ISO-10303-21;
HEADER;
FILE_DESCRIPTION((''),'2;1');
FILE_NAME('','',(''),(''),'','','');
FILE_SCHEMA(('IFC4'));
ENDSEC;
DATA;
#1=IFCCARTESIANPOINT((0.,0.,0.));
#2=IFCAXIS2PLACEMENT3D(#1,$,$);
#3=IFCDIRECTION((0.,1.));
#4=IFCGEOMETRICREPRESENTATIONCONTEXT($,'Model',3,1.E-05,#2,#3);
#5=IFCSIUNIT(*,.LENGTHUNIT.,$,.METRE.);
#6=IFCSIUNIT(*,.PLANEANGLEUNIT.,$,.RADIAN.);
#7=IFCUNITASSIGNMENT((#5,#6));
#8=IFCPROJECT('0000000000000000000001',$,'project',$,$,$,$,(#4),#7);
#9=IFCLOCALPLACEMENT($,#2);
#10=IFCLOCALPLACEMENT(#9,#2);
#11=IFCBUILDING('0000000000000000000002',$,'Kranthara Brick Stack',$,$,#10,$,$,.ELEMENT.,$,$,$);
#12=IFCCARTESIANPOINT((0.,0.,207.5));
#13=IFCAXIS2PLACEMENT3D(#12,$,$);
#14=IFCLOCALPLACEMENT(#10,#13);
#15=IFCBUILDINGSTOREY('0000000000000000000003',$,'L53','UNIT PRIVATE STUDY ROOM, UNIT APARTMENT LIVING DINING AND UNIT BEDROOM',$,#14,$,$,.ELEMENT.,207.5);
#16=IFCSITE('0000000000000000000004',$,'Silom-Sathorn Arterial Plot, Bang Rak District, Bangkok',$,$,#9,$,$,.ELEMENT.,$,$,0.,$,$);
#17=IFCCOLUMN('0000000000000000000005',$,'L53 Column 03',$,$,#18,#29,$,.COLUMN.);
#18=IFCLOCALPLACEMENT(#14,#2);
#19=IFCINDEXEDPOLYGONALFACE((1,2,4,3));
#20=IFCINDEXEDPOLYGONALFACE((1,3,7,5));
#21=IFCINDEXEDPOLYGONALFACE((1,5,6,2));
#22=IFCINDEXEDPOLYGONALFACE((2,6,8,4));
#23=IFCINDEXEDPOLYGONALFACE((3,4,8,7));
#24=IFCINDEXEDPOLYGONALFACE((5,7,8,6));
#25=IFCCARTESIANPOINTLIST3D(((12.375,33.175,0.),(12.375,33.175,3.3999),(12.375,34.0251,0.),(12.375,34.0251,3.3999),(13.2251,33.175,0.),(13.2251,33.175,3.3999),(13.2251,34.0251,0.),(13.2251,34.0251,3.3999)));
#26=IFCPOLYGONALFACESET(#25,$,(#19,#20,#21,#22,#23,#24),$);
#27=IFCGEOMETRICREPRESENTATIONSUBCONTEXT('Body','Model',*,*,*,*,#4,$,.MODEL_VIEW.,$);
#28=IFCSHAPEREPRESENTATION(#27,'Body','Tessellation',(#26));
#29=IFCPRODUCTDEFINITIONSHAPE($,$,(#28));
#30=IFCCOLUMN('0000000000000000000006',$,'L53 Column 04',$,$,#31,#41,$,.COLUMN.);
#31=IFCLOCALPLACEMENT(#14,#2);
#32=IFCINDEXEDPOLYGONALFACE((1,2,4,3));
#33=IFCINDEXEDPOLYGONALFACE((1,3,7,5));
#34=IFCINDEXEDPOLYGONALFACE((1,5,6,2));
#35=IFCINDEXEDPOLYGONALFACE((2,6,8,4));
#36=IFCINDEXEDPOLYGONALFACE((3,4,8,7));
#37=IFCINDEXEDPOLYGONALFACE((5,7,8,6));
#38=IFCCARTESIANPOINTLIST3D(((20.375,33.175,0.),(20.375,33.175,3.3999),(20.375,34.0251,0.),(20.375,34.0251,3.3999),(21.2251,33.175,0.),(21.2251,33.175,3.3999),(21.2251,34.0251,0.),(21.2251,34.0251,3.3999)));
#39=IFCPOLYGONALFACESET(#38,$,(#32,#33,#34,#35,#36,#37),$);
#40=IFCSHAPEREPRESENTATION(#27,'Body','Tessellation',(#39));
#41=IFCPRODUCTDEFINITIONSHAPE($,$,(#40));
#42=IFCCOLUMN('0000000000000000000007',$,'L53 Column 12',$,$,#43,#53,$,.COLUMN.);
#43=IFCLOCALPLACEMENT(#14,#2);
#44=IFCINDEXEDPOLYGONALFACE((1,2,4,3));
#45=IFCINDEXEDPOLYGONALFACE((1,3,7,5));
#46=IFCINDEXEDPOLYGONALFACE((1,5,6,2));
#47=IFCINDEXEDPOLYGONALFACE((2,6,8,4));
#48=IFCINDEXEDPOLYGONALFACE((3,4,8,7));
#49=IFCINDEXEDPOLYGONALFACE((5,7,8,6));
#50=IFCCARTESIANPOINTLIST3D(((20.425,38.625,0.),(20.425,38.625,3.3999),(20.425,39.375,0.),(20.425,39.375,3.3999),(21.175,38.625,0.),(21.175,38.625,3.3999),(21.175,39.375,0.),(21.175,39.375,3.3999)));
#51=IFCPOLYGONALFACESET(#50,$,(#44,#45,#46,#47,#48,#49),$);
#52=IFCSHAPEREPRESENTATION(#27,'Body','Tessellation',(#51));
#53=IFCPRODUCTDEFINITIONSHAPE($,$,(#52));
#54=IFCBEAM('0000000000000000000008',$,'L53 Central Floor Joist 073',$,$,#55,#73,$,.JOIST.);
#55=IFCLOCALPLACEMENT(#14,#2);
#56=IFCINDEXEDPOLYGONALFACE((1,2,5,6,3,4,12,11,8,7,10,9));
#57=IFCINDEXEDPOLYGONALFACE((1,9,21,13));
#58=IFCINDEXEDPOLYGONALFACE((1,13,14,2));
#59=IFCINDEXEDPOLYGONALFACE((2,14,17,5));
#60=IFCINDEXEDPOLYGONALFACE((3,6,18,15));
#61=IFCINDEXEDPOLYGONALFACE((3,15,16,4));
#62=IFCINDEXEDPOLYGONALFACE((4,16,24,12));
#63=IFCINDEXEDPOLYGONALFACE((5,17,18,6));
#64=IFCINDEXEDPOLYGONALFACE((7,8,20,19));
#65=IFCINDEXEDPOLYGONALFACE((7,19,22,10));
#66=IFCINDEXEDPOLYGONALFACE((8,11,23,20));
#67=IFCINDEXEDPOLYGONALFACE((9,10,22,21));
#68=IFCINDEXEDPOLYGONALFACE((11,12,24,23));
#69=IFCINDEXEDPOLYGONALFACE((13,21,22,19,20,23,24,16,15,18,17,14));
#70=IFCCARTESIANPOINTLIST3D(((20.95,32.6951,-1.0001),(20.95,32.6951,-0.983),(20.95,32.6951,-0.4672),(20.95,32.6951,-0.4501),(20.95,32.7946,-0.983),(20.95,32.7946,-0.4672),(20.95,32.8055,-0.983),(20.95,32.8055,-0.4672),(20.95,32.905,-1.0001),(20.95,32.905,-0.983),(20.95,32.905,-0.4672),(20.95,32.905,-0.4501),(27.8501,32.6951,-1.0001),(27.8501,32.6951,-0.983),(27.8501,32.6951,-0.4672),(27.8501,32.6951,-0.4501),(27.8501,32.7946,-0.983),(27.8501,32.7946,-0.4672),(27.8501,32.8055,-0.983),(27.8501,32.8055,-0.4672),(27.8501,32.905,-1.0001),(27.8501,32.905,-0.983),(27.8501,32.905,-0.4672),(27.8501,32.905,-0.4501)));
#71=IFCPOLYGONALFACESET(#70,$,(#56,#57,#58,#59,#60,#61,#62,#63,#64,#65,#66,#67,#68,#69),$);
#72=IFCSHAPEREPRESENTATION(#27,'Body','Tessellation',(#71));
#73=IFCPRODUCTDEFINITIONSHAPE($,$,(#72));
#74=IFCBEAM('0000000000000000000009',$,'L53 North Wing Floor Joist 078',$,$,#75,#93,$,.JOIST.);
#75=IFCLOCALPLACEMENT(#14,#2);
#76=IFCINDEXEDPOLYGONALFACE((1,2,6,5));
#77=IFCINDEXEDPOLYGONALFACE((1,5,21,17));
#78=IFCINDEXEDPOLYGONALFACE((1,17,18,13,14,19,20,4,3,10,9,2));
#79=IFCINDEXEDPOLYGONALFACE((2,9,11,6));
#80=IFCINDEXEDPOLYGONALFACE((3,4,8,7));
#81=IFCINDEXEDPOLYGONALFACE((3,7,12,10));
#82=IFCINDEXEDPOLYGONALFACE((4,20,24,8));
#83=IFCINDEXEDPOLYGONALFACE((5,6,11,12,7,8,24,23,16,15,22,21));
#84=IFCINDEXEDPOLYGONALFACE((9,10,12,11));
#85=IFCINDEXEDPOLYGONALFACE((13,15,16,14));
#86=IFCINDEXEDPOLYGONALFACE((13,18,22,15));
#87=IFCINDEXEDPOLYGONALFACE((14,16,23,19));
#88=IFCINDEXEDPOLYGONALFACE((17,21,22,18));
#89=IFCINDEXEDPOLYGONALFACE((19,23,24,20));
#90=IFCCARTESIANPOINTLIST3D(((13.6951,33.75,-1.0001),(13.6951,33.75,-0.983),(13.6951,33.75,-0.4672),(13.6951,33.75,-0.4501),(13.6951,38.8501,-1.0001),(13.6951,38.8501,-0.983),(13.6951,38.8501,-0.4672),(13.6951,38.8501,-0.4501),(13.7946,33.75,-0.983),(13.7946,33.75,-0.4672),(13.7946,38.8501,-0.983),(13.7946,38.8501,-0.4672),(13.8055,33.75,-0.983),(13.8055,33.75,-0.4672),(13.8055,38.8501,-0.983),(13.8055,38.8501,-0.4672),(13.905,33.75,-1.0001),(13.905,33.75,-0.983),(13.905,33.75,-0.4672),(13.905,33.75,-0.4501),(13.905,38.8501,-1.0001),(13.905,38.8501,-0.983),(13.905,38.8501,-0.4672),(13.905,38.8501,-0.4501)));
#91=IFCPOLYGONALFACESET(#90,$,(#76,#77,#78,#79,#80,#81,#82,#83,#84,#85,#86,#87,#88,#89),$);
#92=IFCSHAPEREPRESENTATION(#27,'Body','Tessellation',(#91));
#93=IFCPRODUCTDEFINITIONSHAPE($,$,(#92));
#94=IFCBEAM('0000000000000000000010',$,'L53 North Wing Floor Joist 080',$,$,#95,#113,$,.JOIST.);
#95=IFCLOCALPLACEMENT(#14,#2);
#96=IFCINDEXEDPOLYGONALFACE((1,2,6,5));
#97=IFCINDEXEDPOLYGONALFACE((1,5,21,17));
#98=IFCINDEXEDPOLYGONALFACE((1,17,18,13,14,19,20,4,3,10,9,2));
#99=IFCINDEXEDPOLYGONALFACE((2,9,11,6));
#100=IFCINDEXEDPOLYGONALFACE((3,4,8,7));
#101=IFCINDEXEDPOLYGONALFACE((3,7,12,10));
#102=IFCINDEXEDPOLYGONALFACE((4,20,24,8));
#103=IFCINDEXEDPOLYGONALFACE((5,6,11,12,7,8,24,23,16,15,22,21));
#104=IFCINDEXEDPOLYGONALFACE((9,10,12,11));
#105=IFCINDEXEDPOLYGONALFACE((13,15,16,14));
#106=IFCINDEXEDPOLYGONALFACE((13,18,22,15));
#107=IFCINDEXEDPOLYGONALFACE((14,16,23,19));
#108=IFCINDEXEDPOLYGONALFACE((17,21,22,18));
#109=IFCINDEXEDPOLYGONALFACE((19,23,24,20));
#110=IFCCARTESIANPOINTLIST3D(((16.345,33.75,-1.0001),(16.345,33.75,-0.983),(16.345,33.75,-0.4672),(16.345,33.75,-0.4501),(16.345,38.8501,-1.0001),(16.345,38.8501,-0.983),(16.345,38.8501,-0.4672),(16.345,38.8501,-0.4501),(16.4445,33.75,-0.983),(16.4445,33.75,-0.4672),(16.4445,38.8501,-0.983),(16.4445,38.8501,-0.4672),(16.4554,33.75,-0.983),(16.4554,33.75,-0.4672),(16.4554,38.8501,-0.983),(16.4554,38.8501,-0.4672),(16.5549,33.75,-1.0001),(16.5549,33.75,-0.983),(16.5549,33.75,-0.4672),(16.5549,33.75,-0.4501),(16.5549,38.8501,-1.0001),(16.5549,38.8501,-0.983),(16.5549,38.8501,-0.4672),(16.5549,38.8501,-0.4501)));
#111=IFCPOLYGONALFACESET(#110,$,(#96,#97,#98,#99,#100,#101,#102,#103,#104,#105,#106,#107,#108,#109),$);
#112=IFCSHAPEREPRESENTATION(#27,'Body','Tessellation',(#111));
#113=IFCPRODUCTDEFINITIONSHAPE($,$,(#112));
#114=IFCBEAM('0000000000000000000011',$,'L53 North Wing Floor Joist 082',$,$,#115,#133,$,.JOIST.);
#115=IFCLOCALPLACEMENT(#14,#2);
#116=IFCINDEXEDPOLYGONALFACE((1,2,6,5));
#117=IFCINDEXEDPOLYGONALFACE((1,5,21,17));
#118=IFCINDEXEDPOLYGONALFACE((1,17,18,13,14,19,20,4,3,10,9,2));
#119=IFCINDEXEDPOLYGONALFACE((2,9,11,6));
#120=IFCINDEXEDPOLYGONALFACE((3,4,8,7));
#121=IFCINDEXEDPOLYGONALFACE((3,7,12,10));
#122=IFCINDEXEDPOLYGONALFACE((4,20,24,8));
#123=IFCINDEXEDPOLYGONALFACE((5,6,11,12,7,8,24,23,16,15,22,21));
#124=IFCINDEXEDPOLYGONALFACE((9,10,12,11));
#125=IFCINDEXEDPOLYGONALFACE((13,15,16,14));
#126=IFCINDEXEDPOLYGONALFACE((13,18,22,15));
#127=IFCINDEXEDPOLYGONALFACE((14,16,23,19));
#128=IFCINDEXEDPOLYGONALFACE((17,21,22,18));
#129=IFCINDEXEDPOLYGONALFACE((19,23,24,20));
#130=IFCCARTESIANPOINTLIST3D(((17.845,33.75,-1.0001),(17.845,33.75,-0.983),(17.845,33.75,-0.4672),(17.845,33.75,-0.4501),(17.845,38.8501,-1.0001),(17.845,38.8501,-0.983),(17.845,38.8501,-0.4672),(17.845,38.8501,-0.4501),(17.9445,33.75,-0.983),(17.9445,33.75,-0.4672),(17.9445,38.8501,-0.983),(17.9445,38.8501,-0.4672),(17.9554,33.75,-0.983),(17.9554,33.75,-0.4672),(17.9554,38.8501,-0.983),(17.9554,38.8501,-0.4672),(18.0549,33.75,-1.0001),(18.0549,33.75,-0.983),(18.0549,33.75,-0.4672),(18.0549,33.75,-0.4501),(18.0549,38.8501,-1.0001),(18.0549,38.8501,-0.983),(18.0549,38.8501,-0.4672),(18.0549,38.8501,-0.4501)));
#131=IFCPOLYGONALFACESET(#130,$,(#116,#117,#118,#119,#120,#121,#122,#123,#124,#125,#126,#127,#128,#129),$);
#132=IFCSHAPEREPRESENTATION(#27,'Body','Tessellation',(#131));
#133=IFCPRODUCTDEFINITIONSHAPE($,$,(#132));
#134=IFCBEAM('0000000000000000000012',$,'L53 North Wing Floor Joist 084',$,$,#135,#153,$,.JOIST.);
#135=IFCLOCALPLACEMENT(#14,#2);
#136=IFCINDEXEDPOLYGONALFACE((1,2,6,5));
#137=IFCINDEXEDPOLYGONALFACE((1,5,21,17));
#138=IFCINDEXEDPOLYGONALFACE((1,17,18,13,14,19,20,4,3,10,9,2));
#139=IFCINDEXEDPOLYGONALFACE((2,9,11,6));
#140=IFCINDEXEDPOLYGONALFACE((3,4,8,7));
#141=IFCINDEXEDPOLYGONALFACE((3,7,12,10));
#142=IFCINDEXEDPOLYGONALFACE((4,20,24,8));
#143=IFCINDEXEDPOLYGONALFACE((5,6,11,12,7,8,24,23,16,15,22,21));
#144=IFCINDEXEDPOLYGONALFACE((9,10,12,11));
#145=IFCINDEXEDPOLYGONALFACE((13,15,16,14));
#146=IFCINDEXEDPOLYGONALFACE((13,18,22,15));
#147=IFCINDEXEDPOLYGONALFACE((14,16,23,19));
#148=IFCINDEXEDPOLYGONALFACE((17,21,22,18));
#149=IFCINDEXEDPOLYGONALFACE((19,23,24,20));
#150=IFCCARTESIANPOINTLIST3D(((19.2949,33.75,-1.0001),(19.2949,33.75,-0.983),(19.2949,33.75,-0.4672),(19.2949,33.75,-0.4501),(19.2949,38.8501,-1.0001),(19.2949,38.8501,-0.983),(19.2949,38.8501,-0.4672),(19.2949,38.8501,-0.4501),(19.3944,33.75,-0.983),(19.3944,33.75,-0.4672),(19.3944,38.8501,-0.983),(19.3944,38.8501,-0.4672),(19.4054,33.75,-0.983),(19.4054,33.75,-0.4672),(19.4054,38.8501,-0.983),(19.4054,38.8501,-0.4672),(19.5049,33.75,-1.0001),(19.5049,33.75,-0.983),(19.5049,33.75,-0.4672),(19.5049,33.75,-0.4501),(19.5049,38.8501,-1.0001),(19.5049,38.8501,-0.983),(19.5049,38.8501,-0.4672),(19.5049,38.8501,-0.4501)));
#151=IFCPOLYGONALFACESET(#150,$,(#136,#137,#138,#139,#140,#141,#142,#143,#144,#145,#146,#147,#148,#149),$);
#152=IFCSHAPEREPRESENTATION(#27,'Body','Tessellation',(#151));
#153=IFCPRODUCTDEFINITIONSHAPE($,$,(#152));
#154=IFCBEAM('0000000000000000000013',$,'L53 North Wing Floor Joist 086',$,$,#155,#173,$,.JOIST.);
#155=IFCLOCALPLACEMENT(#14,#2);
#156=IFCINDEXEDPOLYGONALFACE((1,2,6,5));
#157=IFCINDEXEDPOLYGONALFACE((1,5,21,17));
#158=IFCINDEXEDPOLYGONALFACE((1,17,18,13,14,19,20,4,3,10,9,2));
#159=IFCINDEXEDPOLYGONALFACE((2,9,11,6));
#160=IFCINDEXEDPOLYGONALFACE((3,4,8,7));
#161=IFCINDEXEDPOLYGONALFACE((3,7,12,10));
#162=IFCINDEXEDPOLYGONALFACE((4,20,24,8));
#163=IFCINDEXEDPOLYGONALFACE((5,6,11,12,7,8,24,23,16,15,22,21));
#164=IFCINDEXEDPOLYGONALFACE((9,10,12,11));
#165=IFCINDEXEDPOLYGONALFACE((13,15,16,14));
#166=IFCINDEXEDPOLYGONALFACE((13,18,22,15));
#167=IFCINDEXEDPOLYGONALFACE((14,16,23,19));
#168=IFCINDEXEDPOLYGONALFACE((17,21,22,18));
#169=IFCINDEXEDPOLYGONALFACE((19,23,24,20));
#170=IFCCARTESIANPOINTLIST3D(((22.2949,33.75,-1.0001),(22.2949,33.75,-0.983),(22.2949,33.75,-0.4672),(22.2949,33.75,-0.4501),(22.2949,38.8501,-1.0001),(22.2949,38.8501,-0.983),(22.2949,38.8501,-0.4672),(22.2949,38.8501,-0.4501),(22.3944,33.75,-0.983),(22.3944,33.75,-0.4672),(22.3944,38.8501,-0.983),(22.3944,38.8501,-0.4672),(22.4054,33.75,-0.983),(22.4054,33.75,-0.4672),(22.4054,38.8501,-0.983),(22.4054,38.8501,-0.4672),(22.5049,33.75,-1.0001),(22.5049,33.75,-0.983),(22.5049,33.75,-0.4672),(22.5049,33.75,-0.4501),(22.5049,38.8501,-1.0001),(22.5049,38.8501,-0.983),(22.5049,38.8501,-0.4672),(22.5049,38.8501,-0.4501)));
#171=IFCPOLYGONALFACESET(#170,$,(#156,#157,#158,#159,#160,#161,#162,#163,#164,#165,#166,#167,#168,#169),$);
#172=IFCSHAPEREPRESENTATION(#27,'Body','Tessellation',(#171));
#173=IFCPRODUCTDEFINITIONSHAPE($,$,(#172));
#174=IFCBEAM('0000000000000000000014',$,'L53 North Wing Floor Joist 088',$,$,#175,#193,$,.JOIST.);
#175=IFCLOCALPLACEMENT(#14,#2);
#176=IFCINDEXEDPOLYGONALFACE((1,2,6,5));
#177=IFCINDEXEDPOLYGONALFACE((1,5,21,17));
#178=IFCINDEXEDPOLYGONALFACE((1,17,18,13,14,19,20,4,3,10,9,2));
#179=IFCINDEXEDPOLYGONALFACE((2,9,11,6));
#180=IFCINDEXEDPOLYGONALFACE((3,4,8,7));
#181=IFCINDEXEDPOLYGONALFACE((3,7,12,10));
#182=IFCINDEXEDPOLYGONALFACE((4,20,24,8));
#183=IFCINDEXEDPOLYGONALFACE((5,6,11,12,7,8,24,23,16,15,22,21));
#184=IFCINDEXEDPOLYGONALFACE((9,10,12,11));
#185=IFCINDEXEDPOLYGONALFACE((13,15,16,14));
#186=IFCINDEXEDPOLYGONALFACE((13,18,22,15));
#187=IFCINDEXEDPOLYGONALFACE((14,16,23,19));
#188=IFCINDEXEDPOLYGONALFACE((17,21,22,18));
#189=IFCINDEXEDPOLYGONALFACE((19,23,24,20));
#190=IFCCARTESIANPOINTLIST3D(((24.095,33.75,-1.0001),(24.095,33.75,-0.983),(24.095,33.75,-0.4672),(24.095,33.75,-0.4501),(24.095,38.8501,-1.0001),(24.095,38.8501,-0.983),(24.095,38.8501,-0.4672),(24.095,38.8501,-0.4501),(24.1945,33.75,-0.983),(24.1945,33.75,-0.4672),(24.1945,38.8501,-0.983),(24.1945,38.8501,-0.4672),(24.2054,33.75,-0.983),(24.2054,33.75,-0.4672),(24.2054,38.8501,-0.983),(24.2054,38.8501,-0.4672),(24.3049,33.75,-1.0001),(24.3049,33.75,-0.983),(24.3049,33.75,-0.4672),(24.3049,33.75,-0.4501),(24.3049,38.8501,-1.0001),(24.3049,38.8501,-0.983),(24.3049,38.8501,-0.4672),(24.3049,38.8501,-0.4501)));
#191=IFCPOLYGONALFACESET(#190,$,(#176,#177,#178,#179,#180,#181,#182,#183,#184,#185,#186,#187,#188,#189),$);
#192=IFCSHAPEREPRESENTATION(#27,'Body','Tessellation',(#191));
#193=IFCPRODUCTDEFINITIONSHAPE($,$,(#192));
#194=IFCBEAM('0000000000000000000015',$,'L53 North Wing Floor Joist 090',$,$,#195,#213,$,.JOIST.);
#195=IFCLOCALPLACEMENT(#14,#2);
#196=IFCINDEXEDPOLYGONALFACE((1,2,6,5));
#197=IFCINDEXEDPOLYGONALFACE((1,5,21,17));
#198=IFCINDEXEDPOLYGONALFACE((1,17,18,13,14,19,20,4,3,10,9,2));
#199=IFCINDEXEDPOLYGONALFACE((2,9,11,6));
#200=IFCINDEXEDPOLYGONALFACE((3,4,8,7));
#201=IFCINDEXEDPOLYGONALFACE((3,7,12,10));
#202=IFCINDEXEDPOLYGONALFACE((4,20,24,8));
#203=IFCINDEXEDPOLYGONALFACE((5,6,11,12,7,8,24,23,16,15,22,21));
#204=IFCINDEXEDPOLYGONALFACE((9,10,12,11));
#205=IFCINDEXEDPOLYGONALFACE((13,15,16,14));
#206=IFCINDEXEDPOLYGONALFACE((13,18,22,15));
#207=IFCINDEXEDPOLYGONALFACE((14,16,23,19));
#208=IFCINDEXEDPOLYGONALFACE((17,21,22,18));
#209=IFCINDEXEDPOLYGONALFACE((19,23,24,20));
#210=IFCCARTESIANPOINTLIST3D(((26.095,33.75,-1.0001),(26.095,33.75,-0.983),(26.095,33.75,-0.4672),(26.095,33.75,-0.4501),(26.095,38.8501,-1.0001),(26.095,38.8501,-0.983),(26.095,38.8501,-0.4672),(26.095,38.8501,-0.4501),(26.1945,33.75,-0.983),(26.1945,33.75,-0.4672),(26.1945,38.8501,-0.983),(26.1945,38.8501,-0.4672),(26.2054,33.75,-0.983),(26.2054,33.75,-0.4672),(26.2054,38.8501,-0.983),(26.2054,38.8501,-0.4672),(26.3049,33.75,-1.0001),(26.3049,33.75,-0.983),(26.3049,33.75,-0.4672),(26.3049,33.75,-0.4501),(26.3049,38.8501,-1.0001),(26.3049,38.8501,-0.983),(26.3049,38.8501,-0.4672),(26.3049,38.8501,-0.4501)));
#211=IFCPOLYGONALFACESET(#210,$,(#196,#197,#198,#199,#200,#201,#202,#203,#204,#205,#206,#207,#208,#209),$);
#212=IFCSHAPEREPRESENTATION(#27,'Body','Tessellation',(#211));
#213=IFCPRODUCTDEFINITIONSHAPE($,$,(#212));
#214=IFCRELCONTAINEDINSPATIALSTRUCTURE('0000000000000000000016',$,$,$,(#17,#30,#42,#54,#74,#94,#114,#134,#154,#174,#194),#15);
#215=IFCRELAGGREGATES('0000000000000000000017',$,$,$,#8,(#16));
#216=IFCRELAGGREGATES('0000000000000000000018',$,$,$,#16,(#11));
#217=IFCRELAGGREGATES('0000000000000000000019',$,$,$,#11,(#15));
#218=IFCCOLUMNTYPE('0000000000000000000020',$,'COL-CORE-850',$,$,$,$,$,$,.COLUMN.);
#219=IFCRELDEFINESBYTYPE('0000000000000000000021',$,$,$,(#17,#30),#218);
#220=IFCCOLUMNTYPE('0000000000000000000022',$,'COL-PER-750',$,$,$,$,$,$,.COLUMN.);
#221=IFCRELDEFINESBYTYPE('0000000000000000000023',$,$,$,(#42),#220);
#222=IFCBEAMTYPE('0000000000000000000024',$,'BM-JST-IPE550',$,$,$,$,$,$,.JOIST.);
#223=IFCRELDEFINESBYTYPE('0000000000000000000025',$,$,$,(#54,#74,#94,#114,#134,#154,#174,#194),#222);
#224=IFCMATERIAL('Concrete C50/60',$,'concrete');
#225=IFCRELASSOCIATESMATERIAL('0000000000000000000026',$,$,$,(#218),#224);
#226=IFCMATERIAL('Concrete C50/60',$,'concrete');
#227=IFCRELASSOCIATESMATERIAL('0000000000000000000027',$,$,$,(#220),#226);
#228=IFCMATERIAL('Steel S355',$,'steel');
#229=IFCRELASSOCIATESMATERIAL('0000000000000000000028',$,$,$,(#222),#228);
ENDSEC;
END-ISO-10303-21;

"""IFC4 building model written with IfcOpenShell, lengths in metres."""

from ifc_helpers import new_model, si_unit, direction, frame, origin, origin_2d, place, context, subcontext, project, spatial, rectangle, i_section, extrude, material, material_profile, profile_set, type_object, element, save


model = new_model("IFC4")

# Units and contexts
model_context = context("Model", 3, precision=1e-05, world=origin(), true_north=direction((0.0, 1.0)))
body_context = subcontext(model_context, "Body", "Model", "MODEL_VIEW")
ifc_project = project(units=[si_unit("LENGTHUNIT", "METRE"), si_unit("PLANEANGLEUNIT", "RADIAN")], contexts=[model_context])

# Site, building, storey
site_placement = place(None, origin())
site = spatial("IfcSite", under=ifc_project, at=site_placement, Name="Silom-Sathorn Arterial Plot, Bang Rak District, Bangkok", CompositionType="ELEMENT", RefElevation=0.0)
building_placement = place(site_placement, origin())
building = spatial("IfcBuilding", under=site, at=building_placement, Name="Kranthara Brick Stack", CompositionType="ELEMENT")
storey_placement = place(building_placement, frame((0.0, 0.0, 207.5)))
storey = spatial("IfcBuildingStorey", under=building, at=storey_placement, Name="L53", Description="UNIT PRIVATE STUDY ROOM, UNIT APARTMENT LIVING DINING AND UNIT BEDROOM", CompositionType="ELEMENT", Elevation=207.5)

# Columns
ifc_material_1 = material(Name="Concrete C50/60", Category="concrete")
ifc_material_profile_1 = material_profile(ifc_material_1, rectangle(XDim=0.8501, YDim=0.8501, at=origin_2d()), Name="RC 850x850")
ifc_profile_set_1 = profile_set([ifc_material_profile_1], Name="Concrete C50/60")
column_type_1 = type_object("IfcColumnType", Name="COL-CORE-850", PredefinedType="COLUMN", material=ifc_profile_set_1)
for number, where, z_axis, x_axis, name in (
    (1, (12.8, 33.6001, 0.0), (0.0, 0.0, 1.0), (1.0, 0.0, 0.0), "L53 Column 03"),
    (2, (20.8, 33.6001, 0.0), (0.0, 0.0, 1.0), (1.0, 0.0, 0.0), "L53 Column 04"),
):
    element("IfcColumn", number, at=place(storey_placement, frame(where, z_axis=z_axis, x_axis=x_axis)), inside=storey, type_object=column_type_1, Name=name, PredefinedType="COLUMN", context=body_context, shape_type="SweptSolid", body=[
        extrude(rectangle(XDim=0.8501, YDim=0.8501, at=origin_2d()), origin(), (0.0, 0.0, 1.0), 3.3999),
    ])
ifc_material_2 = material(Name="Concrete C50/60", Category="concrete")
ifc_material_profile_2 = material_profile(ifc_material_2, rectangle(XDim=0.75, YDim=0.75, at=origin_2d()), Name="RC 750x750")
ifc_profile_set_2 = profile_set([ifc_material_profile_2], Name="Concrete C50/60")
column_type_2 = type_object("IfcColumnType", Name="COL-PER-750", PredefinedType="COLUMN", material=ifc_profile_set_2)
column_placement = place(storey_placement, frame((20.8, 39.0, 0.0), z_axis=(0.0, 0.0, 1.0), x_axis=(1.0, 0.0, 0.0)))
element("IfcColumn", 3, at=column_placement, inside=storey, type_object=column_type_2, Name="L53 Column 12", PredefinedType="COLUMN", context=body_context, shape_type="SweptSolid", body=[
    extrude(rectangle(XDim=0.75, YDim=0.75, at=origin_2d()), origin(), (0.0, 0.0, 1.0), 3.3999),
])

# Beams
ifc_material_3 = material(Name="Steel S355", Category="steel")
ifc_material_profile_3 = material_profile(ifc_material_3, i_section(OverallWidth=0.21, OverallDepth=0.55, WebThickness=0.011, FlangeThickness=0.0171, at=origin_2d()), Name="IPE 550")
ifc_profile_set_3 = profile_set([ifc_material_profile_3], Name="Steel S355")
beam_type_1 = type_object("IfcBeamType", Name="BM-JST-IPE550", PredefinedType="JOIST", material=ifc_profile_set_3)
beam_1_placement = place(storey_placement, frame((20.95, 32.8, -0.7251), z_axis=(1.0, 0.0, 0.0), x_axis=(0.0, 1.0, 0.0)))
element("IfcBeam", 4, at=beam_1_placement, inside=storey, type_object=beam_type_1, Name="L53 Central Floor Joist 073", PredefinedType="JOIST", context=body_context, shape_type="SweptSolid", body=[
    extrude(i_section(OverallWidth=0.21, OverallDepth=0.55, WebThickness=0.011, FlangeThickness=0.0171, at=origin_2d()), origin(), (0.0, 0.0, 1.0), 6.9001),
])
for number, where, z_axis, x_axis, name in (
    (5, (13.8, 33.75, -0.7251), (0.0, 1.0, 0.0), (-1.0, 0.0, 0.0), "L53 North Wing Floor Joist 078"),
    (6, (16.45, 33.75, -0.7251), (0.0, 1.0, 0.0), (-1.0, 0.0, 0.0), "L53 North Wing Floor Joist 080"),
    (7, (17.95, 33.75, -0.7251), (0.0, 1.0, 0.0), (-1.0, 0.0, 0.0), "L53 North Wing Floor Joist 082"),
    (8, (19.3999, 33.75, -0.7251), (0.0, 1.0, 0.0), (-1.0, 0.0, 0.0), "L53 North Wing Floor Joist 084"),
    (9, (22.3999, 33.75, -0.7251), (0.0, 1.0, 0.0), (-1.0, 0.0, 0.0), "L53 North Wing Floor Joist 086"),
    (10, (24.2, 33.75, -0.7251), (0.0, 1.0, 0.0), (-1.0, 0.0, 0.0), "L53 North Wing Floor Joist 088"),
    (11, (26.2, 33.75, -0.7251), (0.0, 1.0, 0.0), (-1.0, 0.0, 0.0), "L53 North Wing Floor Joist 090"),
):
    element("IfcBeam", number, at=place(storey_placement, frame(where, z_axis=z_axis, x_axis=x_axis)), inside=storey, type_object=beam_type_1, Name=name, PredefinedType="JOIST", context=body_context, shape_type="SweptSolid", body=[
        extrude(i_section(OverallWidth=0.21, OverallDepth=0.55, WebThickness=0.011, FlangeThickness=0.0171, at=origin_2d()), origin(), (0.0, 0.0, 1.0), 5.1001),
    ])

save(model, "model.ifc")
